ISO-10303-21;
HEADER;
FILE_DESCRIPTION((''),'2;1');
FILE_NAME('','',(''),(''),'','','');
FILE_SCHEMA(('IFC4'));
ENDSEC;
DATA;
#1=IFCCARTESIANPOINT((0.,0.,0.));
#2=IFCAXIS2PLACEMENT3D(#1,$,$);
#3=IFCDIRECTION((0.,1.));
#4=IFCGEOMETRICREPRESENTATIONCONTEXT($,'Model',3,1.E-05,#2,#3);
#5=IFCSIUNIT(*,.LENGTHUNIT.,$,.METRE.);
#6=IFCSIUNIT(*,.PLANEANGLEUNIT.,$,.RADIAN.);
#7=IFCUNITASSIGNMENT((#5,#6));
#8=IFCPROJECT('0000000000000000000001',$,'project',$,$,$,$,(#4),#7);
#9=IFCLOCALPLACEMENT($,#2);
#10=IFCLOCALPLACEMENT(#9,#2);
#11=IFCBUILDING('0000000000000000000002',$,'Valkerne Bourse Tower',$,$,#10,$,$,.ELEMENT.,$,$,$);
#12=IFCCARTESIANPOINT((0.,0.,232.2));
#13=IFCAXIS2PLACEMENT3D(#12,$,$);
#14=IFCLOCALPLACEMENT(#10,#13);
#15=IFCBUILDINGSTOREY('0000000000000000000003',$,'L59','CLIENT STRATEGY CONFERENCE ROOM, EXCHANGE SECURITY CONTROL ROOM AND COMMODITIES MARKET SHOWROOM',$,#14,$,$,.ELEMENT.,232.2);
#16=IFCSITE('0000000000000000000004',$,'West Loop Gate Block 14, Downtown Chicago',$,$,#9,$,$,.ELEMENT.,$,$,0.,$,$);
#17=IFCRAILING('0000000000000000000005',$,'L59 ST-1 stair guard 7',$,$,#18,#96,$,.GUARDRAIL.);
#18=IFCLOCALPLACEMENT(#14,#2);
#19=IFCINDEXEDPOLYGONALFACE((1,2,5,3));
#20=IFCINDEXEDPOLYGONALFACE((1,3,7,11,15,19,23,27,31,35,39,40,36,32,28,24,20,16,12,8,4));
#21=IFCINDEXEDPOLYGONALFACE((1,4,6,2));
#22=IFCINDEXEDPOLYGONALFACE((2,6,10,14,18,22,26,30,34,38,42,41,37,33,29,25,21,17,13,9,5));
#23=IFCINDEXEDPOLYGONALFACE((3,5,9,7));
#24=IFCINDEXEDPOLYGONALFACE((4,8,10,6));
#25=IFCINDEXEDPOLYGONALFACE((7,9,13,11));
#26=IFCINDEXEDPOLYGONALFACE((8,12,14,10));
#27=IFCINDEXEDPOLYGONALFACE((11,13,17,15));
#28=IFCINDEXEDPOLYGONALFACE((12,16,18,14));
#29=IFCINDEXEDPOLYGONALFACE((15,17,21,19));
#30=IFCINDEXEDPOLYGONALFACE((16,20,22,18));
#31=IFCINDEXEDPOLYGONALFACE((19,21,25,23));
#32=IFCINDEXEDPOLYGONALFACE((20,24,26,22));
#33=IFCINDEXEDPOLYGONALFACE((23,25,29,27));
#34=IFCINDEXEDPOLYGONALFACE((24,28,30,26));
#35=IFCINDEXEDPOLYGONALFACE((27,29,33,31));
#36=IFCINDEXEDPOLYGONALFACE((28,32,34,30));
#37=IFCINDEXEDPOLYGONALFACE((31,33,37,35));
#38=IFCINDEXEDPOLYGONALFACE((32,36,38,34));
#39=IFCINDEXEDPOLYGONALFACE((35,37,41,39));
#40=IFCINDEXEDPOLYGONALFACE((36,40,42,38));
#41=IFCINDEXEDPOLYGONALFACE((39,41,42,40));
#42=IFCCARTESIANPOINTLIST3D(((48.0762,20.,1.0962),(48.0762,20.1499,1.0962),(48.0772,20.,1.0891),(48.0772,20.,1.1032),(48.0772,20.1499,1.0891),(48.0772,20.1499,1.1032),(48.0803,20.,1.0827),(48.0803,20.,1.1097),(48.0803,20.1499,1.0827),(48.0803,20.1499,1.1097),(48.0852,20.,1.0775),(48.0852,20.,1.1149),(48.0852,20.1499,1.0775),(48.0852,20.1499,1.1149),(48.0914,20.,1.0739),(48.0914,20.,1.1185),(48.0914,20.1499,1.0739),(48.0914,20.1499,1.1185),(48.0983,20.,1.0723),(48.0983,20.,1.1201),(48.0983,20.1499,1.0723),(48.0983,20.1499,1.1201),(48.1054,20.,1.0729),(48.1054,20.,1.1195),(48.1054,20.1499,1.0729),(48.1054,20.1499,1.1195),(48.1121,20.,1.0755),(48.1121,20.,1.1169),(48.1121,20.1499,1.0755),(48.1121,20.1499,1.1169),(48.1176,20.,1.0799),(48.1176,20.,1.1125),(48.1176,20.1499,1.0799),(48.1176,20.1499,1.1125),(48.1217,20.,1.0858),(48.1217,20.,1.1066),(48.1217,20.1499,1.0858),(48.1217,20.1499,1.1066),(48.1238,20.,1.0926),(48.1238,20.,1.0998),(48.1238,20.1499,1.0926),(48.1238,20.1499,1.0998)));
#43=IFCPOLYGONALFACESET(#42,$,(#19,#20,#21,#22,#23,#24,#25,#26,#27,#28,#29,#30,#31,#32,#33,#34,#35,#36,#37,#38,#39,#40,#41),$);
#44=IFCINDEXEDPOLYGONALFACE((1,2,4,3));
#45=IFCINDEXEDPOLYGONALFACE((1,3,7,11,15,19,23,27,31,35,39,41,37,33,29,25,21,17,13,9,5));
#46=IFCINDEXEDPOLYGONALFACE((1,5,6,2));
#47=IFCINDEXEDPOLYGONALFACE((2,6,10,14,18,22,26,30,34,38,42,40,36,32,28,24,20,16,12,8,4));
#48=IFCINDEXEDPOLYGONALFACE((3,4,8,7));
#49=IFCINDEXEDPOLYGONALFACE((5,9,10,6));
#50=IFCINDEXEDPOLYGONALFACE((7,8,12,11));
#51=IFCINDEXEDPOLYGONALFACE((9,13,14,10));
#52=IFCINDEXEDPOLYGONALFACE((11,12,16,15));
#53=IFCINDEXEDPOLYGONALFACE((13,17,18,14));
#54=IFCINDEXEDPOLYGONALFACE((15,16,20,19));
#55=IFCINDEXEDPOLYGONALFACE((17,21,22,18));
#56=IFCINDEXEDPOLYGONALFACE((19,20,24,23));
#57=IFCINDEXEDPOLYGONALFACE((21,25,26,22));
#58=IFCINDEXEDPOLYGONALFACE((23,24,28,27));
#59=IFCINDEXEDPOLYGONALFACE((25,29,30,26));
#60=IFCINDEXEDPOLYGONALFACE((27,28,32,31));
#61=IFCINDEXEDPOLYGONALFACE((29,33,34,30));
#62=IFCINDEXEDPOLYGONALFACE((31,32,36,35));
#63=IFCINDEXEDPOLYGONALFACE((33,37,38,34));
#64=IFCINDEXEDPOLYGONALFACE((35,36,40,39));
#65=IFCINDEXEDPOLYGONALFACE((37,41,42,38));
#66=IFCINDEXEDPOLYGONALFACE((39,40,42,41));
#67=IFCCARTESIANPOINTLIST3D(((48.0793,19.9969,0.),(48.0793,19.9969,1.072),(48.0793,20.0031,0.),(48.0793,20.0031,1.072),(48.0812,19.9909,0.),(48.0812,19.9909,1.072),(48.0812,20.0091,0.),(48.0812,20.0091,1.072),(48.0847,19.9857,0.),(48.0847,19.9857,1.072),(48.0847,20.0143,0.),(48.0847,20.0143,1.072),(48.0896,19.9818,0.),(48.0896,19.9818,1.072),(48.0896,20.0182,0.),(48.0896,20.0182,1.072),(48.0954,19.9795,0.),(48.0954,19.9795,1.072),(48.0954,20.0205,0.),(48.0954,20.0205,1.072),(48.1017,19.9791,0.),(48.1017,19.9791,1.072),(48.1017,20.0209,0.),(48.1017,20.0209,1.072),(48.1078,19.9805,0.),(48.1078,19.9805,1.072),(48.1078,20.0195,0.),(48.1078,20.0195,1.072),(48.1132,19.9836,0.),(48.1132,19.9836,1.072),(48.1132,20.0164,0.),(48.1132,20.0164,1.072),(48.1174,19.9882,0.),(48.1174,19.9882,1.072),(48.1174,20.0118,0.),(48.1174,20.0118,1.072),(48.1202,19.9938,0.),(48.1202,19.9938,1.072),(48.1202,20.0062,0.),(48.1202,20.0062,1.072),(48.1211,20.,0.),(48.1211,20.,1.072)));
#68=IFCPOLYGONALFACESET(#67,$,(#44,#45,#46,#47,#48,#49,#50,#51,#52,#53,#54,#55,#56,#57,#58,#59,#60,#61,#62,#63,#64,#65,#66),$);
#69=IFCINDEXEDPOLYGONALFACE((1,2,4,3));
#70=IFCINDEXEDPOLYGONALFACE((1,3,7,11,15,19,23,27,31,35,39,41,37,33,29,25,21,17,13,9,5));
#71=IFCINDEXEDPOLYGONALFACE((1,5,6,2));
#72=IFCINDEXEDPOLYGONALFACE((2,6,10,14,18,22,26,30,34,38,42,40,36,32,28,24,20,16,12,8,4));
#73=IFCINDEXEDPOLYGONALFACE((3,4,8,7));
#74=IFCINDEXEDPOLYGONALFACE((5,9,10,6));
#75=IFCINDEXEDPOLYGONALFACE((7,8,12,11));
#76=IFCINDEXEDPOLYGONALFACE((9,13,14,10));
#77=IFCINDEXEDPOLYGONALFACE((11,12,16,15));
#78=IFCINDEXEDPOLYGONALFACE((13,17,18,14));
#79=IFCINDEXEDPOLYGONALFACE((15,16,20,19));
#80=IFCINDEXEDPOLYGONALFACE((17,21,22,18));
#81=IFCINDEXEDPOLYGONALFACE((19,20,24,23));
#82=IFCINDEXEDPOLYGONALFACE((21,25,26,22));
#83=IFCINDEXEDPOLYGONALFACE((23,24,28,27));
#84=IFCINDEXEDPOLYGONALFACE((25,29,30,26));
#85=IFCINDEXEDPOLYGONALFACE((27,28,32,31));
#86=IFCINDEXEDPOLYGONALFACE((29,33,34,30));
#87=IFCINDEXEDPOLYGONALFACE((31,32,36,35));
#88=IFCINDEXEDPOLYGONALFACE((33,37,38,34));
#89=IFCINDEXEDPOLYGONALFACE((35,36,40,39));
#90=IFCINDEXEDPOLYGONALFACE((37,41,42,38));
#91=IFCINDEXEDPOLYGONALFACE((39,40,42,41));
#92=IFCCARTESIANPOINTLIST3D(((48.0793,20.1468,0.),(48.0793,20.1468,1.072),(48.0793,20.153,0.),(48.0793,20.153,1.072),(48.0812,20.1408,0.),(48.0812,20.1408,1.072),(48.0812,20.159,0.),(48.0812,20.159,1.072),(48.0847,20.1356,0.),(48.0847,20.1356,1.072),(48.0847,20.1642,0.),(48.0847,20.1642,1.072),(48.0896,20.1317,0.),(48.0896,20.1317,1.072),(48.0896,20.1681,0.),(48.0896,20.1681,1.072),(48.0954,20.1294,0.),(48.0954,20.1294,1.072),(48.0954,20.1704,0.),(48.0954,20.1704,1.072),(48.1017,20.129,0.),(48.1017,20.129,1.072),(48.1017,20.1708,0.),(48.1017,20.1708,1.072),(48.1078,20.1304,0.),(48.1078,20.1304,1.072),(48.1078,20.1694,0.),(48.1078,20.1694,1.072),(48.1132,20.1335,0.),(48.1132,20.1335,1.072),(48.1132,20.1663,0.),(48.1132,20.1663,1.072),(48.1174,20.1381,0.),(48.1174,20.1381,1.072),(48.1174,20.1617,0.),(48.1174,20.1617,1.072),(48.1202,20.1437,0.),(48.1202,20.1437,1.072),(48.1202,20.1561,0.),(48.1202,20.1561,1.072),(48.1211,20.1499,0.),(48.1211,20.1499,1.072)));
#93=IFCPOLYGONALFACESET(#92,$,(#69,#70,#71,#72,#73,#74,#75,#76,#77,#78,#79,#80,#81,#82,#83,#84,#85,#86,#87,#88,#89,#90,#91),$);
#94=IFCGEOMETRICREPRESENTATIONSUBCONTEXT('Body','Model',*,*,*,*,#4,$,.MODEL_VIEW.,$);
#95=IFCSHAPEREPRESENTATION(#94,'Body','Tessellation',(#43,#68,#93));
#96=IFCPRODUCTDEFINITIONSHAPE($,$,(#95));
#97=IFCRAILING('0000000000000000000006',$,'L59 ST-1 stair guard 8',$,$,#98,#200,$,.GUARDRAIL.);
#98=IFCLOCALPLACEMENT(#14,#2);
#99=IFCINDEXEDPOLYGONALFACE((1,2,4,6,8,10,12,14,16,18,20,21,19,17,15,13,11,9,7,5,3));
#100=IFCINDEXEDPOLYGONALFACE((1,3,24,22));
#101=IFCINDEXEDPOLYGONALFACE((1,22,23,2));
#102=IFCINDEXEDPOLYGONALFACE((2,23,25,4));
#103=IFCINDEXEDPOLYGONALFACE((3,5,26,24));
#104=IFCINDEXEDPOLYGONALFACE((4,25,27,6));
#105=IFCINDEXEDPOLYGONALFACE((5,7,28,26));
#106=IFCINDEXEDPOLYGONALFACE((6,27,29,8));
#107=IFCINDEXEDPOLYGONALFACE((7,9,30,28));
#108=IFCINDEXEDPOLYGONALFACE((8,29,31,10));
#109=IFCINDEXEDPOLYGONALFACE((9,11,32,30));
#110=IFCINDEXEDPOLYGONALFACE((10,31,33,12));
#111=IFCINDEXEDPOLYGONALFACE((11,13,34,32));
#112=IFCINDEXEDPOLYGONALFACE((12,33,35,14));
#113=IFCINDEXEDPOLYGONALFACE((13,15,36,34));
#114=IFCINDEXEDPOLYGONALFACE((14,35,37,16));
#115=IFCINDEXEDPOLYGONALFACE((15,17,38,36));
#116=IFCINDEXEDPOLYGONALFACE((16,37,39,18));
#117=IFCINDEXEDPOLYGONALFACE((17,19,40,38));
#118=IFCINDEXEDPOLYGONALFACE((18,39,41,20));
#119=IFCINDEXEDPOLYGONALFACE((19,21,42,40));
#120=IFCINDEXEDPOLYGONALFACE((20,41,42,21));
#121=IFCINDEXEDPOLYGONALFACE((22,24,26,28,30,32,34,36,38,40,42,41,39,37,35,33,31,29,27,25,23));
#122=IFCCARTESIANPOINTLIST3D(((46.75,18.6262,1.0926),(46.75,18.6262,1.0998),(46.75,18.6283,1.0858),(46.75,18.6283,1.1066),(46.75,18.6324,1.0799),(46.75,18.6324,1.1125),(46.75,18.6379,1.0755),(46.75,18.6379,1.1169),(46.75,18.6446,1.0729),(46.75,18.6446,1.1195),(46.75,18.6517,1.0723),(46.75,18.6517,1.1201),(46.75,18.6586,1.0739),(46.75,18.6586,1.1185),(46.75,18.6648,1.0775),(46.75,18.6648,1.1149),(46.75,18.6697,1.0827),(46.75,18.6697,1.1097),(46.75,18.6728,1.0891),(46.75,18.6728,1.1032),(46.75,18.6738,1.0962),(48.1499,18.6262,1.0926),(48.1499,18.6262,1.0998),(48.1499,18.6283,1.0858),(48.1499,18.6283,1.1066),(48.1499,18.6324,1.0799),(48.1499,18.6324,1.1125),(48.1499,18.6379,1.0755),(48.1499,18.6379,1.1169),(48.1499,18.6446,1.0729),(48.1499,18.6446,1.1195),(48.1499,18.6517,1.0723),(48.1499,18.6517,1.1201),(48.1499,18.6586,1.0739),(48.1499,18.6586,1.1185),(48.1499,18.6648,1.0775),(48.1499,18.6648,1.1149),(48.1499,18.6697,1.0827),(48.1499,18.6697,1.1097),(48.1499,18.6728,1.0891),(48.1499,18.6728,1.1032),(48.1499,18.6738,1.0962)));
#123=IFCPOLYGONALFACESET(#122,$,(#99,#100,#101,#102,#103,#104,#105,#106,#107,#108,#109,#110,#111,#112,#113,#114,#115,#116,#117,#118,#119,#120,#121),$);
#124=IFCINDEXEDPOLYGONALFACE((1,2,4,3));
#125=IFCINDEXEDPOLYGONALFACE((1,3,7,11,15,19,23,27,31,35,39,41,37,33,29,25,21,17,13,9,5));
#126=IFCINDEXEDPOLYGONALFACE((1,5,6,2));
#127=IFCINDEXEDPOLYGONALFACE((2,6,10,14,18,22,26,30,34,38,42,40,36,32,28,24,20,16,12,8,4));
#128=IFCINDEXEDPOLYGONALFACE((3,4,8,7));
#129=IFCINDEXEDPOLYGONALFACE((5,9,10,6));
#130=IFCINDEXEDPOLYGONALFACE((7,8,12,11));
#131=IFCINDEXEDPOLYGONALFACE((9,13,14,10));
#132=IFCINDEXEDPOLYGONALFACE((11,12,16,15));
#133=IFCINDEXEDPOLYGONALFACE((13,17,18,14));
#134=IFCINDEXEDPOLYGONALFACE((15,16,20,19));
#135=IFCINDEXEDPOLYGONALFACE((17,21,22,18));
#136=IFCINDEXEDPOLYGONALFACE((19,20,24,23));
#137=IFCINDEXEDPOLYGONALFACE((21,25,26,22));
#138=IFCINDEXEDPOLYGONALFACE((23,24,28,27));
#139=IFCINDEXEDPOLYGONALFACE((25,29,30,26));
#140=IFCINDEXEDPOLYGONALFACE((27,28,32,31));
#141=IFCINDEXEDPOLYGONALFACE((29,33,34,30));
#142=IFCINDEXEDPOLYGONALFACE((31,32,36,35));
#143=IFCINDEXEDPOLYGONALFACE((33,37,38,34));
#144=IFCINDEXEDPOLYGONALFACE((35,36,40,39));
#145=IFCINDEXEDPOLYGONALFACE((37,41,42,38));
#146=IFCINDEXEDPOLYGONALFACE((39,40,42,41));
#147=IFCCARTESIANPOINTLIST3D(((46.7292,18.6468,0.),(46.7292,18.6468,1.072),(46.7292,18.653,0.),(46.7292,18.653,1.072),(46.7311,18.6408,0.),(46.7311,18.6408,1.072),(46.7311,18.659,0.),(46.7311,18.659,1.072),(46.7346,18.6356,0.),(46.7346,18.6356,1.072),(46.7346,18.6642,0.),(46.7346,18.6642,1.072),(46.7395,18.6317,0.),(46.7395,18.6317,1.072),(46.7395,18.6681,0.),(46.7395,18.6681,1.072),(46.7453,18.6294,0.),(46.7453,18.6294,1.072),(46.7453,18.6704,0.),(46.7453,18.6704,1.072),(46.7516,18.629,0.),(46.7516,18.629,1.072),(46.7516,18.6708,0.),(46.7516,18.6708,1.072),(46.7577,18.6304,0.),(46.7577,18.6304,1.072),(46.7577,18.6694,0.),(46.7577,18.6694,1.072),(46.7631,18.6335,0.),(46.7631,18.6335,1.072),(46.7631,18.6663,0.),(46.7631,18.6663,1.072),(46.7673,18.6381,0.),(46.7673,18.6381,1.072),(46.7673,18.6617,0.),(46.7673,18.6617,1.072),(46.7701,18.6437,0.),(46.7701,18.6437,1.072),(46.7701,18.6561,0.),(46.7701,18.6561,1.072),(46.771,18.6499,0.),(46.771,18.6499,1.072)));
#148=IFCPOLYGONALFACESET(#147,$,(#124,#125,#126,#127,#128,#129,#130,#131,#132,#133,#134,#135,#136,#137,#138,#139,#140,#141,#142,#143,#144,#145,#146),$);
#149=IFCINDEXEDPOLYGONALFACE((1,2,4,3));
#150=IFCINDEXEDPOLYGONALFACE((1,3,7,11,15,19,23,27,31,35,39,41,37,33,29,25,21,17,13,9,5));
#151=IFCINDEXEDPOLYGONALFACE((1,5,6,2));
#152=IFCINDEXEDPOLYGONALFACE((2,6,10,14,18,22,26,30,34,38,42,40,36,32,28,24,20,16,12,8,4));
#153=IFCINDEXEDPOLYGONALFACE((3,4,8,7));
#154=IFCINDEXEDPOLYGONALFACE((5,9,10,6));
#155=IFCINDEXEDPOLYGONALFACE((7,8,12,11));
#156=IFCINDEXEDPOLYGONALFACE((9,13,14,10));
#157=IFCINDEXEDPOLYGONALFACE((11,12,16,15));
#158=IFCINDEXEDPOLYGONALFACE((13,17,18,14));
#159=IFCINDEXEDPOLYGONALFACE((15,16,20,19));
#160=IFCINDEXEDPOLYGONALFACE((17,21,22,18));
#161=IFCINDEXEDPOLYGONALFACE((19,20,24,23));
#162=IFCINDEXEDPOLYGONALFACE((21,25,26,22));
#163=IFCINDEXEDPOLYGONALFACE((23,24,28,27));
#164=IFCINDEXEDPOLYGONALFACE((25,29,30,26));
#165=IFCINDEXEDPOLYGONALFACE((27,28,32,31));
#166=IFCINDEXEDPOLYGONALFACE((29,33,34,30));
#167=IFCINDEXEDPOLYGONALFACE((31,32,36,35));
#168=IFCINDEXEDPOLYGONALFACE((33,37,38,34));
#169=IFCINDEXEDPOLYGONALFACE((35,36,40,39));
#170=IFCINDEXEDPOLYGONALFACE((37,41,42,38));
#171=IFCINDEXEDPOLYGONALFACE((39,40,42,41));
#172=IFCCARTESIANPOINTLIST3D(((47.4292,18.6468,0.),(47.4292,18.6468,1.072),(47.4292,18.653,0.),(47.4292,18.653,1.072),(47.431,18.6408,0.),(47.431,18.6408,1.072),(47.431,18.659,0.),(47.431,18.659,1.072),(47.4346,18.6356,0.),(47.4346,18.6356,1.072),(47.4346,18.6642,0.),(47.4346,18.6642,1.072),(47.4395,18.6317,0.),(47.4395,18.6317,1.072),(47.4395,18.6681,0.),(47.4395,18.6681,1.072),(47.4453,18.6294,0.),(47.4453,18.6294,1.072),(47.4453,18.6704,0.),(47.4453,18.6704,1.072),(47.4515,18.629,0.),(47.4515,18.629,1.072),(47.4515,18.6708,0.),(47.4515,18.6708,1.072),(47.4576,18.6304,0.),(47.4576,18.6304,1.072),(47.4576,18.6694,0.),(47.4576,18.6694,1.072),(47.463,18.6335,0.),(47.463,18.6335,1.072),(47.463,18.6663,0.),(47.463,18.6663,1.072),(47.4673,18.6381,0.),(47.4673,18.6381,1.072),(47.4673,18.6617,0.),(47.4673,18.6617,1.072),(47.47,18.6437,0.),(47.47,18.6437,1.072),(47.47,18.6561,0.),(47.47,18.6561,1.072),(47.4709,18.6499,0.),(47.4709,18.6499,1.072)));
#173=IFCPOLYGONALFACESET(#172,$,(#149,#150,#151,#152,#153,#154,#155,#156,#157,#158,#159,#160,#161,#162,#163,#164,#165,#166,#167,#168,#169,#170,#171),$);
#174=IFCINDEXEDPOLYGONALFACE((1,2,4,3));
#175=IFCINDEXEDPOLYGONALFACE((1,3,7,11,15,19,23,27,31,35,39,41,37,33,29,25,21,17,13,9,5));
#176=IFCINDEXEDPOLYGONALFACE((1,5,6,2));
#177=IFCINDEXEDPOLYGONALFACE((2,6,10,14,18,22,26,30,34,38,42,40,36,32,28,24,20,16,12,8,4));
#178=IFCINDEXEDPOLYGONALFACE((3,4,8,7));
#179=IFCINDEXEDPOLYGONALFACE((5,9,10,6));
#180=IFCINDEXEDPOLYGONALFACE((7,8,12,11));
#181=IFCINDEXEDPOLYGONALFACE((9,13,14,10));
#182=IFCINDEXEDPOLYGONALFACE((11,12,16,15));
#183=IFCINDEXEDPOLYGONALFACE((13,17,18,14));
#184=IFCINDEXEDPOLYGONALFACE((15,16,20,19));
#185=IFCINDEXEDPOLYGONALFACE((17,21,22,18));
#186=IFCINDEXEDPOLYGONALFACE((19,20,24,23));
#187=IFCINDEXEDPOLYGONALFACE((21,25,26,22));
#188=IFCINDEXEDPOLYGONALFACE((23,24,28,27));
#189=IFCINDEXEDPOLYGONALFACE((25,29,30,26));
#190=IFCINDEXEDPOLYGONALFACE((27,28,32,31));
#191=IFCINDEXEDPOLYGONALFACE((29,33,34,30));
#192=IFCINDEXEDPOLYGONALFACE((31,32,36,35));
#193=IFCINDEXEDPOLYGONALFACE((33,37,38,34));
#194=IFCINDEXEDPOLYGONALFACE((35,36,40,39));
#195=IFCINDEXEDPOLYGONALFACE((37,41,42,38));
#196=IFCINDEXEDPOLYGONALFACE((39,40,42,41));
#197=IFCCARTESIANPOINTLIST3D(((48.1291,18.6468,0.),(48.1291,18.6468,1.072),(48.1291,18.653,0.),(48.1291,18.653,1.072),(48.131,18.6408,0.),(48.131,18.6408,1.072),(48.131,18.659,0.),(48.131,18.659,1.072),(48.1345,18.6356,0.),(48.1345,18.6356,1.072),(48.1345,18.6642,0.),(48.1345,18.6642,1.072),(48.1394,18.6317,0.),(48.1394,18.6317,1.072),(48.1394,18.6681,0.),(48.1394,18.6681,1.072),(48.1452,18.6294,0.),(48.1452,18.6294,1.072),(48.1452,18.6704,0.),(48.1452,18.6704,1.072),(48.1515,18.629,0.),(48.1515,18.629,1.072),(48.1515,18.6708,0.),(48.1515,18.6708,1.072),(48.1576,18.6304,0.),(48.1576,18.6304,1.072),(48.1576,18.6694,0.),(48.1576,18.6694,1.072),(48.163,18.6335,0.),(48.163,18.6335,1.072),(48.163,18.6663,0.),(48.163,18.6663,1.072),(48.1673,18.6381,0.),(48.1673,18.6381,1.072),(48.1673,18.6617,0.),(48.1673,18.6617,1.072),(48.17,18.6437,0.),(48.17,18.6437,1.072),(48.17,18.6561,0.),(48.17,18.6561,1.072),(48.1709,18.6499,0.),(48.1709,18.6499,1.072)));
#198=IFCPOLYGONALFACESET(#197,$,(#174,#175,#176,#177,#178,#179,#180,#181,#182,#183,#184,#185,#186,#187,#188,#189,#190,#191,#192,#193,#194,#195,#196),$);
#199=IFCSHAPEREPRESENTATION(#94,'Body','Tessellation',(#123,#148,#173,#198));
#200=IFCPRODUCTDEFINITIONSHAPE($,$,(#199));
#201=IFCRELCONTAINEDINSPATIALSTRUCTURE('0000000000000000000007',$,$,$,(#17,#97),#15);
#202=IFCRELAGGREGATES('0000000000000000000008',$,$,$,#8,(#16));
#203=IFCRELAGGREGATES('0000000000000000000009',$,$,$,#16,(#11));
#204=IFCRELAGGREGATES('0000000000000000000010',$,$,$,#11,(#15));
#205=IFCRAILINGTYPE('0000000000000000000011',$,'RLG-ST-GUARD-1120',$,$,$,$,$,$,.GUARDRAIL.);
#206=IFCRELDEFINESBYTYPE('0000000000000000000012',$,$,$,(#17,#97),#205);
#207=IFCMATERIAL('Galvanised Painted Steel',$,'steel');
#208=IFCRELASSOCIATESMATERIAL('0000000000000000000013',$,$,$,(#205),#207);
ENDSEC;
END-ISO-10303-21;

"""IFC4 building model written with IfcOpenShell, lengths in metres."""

from ifc_helpers import new_model, si_unit, direction, frame, origin, origin_2d, place, context, subcontext, project, spatial, circle, extrude, material, type_object, element, save


model = new_model("IFC4")

# Units and contexts
model_context = context("Model", 3, precision=1e-05, world=origin(), true_north=direction((0.0, 1.0)))
body_context = subcontext(model_context, "Body", "Model", "MODEL_VIEW")
ifc_project = project(units=[si_unit("LENGTHUNIT", "METRE"), si_unit("PLANEANGLEUNIT", "RADIAN")], contexts=[model_context])

# Site, building, storey
site_placement = place(None, origin())
site = spatial("IfcSite", under=ifc_project, at=site_placement, Name="West Loop Gate Block 14, Downtown Chicago", CompositionType="ELEMENT", RefElevation=0.0)
building_placement = place(site_placement, origin())
building = spatial("IfcBuilding", under=site, at=building_placement, Name="Valkerne Bourse Tower", CompositionType="ELEMENT")
storey_placement = place(building_placement, frame((0.0, 0.0, 232.2)))
storey = spatial("IfcBuildingStorey", under=building, at=storey_placement, Name="L59", Description="CLIENT STRATEGY CONFERENCE ROOM, EXCHANGE SECURITY CONTROL ROOM AND COMMODITIES MARKET SHOWROOM", CompositionType="ELEMENT", Elevation=232.2)

# Shared definitions
ifc_material_1 = material(Name="Galvanised Painted Steel", Category="steel")

# Railings
railing_type_1 = type_object("IfcRailingType", Name="RLG-ST-GUARD-1120", PredefinedType="GUARDRAIL", material=ifc_material_1)
railing_1_placement = place(storey_placement, frame((48.1001, 20.0, 0.0)))
element("IfcRailing", 1, at=railing_1_placement, inside=storey, type_object=railing_type_1, Name="L59 ST-1 stair guard 7", PredefinedType="GUARDRAIL", context=body_context, shape_type="SweptSolid", body=[
    extrude(circle(Radius=0.0239, at=origin_2d()), frame((0.0, 0.0, 1.0962), z_axis=(0.0, 1.0, 0.0), x_axis=(-1.0, 0.0, 0.0)), (0.0, 0.0, 1.0), 0.1499),
    extrude(circle(Radius=0.021, at=origin_2d()), origin(), (0.0, 0.0, 1.0), 1.072),
    extrude(circle(Radius=0.021, at=origin_2d()), frame((0.0, 0.1499, 0.0)), (0.0, 0.0, 1.0), 1.072),
])
for number, where, name in (
    (2, (46.75, 18.6499, 0.0), "L59 ST-1 stair guard 8"),
):
    element("IfcRailing", number, at=place(storey_placement, frame(where)), inside=storey, type_object=railing_type_1, Name=name, PredefinedType="GUARDRAIL", context=body_context, shape_type="SweptSolid", body=[
        extrude(circle(Radius=0.0239, at=origin_2d()), frame((0.0, 0.0, 1.0962), z_axis=(1.0, 0.0, 0.0), x_axis=(0.0, 1.0, 0.0)), (0.0, 0.0, 1.0), 1.3999),
        extrude(circle(Radius=0.021, at=origin_2d()), origin(), (0.0, 0.0, 1.0), 1.072),
        extrude(circle(Radius=0.021, at=origin_2d()), frame((0.7, 0.0, 0.0)), (0.0, 0.0, 1.0), 1.072),
        extrude(circle(Radius=0.021, at=origin_2d()), frame((1.3999, 0.0, 0.0)), (0.0, 0.0, 1.0), 1.072),
    ])

save(model, "model.ifc")
